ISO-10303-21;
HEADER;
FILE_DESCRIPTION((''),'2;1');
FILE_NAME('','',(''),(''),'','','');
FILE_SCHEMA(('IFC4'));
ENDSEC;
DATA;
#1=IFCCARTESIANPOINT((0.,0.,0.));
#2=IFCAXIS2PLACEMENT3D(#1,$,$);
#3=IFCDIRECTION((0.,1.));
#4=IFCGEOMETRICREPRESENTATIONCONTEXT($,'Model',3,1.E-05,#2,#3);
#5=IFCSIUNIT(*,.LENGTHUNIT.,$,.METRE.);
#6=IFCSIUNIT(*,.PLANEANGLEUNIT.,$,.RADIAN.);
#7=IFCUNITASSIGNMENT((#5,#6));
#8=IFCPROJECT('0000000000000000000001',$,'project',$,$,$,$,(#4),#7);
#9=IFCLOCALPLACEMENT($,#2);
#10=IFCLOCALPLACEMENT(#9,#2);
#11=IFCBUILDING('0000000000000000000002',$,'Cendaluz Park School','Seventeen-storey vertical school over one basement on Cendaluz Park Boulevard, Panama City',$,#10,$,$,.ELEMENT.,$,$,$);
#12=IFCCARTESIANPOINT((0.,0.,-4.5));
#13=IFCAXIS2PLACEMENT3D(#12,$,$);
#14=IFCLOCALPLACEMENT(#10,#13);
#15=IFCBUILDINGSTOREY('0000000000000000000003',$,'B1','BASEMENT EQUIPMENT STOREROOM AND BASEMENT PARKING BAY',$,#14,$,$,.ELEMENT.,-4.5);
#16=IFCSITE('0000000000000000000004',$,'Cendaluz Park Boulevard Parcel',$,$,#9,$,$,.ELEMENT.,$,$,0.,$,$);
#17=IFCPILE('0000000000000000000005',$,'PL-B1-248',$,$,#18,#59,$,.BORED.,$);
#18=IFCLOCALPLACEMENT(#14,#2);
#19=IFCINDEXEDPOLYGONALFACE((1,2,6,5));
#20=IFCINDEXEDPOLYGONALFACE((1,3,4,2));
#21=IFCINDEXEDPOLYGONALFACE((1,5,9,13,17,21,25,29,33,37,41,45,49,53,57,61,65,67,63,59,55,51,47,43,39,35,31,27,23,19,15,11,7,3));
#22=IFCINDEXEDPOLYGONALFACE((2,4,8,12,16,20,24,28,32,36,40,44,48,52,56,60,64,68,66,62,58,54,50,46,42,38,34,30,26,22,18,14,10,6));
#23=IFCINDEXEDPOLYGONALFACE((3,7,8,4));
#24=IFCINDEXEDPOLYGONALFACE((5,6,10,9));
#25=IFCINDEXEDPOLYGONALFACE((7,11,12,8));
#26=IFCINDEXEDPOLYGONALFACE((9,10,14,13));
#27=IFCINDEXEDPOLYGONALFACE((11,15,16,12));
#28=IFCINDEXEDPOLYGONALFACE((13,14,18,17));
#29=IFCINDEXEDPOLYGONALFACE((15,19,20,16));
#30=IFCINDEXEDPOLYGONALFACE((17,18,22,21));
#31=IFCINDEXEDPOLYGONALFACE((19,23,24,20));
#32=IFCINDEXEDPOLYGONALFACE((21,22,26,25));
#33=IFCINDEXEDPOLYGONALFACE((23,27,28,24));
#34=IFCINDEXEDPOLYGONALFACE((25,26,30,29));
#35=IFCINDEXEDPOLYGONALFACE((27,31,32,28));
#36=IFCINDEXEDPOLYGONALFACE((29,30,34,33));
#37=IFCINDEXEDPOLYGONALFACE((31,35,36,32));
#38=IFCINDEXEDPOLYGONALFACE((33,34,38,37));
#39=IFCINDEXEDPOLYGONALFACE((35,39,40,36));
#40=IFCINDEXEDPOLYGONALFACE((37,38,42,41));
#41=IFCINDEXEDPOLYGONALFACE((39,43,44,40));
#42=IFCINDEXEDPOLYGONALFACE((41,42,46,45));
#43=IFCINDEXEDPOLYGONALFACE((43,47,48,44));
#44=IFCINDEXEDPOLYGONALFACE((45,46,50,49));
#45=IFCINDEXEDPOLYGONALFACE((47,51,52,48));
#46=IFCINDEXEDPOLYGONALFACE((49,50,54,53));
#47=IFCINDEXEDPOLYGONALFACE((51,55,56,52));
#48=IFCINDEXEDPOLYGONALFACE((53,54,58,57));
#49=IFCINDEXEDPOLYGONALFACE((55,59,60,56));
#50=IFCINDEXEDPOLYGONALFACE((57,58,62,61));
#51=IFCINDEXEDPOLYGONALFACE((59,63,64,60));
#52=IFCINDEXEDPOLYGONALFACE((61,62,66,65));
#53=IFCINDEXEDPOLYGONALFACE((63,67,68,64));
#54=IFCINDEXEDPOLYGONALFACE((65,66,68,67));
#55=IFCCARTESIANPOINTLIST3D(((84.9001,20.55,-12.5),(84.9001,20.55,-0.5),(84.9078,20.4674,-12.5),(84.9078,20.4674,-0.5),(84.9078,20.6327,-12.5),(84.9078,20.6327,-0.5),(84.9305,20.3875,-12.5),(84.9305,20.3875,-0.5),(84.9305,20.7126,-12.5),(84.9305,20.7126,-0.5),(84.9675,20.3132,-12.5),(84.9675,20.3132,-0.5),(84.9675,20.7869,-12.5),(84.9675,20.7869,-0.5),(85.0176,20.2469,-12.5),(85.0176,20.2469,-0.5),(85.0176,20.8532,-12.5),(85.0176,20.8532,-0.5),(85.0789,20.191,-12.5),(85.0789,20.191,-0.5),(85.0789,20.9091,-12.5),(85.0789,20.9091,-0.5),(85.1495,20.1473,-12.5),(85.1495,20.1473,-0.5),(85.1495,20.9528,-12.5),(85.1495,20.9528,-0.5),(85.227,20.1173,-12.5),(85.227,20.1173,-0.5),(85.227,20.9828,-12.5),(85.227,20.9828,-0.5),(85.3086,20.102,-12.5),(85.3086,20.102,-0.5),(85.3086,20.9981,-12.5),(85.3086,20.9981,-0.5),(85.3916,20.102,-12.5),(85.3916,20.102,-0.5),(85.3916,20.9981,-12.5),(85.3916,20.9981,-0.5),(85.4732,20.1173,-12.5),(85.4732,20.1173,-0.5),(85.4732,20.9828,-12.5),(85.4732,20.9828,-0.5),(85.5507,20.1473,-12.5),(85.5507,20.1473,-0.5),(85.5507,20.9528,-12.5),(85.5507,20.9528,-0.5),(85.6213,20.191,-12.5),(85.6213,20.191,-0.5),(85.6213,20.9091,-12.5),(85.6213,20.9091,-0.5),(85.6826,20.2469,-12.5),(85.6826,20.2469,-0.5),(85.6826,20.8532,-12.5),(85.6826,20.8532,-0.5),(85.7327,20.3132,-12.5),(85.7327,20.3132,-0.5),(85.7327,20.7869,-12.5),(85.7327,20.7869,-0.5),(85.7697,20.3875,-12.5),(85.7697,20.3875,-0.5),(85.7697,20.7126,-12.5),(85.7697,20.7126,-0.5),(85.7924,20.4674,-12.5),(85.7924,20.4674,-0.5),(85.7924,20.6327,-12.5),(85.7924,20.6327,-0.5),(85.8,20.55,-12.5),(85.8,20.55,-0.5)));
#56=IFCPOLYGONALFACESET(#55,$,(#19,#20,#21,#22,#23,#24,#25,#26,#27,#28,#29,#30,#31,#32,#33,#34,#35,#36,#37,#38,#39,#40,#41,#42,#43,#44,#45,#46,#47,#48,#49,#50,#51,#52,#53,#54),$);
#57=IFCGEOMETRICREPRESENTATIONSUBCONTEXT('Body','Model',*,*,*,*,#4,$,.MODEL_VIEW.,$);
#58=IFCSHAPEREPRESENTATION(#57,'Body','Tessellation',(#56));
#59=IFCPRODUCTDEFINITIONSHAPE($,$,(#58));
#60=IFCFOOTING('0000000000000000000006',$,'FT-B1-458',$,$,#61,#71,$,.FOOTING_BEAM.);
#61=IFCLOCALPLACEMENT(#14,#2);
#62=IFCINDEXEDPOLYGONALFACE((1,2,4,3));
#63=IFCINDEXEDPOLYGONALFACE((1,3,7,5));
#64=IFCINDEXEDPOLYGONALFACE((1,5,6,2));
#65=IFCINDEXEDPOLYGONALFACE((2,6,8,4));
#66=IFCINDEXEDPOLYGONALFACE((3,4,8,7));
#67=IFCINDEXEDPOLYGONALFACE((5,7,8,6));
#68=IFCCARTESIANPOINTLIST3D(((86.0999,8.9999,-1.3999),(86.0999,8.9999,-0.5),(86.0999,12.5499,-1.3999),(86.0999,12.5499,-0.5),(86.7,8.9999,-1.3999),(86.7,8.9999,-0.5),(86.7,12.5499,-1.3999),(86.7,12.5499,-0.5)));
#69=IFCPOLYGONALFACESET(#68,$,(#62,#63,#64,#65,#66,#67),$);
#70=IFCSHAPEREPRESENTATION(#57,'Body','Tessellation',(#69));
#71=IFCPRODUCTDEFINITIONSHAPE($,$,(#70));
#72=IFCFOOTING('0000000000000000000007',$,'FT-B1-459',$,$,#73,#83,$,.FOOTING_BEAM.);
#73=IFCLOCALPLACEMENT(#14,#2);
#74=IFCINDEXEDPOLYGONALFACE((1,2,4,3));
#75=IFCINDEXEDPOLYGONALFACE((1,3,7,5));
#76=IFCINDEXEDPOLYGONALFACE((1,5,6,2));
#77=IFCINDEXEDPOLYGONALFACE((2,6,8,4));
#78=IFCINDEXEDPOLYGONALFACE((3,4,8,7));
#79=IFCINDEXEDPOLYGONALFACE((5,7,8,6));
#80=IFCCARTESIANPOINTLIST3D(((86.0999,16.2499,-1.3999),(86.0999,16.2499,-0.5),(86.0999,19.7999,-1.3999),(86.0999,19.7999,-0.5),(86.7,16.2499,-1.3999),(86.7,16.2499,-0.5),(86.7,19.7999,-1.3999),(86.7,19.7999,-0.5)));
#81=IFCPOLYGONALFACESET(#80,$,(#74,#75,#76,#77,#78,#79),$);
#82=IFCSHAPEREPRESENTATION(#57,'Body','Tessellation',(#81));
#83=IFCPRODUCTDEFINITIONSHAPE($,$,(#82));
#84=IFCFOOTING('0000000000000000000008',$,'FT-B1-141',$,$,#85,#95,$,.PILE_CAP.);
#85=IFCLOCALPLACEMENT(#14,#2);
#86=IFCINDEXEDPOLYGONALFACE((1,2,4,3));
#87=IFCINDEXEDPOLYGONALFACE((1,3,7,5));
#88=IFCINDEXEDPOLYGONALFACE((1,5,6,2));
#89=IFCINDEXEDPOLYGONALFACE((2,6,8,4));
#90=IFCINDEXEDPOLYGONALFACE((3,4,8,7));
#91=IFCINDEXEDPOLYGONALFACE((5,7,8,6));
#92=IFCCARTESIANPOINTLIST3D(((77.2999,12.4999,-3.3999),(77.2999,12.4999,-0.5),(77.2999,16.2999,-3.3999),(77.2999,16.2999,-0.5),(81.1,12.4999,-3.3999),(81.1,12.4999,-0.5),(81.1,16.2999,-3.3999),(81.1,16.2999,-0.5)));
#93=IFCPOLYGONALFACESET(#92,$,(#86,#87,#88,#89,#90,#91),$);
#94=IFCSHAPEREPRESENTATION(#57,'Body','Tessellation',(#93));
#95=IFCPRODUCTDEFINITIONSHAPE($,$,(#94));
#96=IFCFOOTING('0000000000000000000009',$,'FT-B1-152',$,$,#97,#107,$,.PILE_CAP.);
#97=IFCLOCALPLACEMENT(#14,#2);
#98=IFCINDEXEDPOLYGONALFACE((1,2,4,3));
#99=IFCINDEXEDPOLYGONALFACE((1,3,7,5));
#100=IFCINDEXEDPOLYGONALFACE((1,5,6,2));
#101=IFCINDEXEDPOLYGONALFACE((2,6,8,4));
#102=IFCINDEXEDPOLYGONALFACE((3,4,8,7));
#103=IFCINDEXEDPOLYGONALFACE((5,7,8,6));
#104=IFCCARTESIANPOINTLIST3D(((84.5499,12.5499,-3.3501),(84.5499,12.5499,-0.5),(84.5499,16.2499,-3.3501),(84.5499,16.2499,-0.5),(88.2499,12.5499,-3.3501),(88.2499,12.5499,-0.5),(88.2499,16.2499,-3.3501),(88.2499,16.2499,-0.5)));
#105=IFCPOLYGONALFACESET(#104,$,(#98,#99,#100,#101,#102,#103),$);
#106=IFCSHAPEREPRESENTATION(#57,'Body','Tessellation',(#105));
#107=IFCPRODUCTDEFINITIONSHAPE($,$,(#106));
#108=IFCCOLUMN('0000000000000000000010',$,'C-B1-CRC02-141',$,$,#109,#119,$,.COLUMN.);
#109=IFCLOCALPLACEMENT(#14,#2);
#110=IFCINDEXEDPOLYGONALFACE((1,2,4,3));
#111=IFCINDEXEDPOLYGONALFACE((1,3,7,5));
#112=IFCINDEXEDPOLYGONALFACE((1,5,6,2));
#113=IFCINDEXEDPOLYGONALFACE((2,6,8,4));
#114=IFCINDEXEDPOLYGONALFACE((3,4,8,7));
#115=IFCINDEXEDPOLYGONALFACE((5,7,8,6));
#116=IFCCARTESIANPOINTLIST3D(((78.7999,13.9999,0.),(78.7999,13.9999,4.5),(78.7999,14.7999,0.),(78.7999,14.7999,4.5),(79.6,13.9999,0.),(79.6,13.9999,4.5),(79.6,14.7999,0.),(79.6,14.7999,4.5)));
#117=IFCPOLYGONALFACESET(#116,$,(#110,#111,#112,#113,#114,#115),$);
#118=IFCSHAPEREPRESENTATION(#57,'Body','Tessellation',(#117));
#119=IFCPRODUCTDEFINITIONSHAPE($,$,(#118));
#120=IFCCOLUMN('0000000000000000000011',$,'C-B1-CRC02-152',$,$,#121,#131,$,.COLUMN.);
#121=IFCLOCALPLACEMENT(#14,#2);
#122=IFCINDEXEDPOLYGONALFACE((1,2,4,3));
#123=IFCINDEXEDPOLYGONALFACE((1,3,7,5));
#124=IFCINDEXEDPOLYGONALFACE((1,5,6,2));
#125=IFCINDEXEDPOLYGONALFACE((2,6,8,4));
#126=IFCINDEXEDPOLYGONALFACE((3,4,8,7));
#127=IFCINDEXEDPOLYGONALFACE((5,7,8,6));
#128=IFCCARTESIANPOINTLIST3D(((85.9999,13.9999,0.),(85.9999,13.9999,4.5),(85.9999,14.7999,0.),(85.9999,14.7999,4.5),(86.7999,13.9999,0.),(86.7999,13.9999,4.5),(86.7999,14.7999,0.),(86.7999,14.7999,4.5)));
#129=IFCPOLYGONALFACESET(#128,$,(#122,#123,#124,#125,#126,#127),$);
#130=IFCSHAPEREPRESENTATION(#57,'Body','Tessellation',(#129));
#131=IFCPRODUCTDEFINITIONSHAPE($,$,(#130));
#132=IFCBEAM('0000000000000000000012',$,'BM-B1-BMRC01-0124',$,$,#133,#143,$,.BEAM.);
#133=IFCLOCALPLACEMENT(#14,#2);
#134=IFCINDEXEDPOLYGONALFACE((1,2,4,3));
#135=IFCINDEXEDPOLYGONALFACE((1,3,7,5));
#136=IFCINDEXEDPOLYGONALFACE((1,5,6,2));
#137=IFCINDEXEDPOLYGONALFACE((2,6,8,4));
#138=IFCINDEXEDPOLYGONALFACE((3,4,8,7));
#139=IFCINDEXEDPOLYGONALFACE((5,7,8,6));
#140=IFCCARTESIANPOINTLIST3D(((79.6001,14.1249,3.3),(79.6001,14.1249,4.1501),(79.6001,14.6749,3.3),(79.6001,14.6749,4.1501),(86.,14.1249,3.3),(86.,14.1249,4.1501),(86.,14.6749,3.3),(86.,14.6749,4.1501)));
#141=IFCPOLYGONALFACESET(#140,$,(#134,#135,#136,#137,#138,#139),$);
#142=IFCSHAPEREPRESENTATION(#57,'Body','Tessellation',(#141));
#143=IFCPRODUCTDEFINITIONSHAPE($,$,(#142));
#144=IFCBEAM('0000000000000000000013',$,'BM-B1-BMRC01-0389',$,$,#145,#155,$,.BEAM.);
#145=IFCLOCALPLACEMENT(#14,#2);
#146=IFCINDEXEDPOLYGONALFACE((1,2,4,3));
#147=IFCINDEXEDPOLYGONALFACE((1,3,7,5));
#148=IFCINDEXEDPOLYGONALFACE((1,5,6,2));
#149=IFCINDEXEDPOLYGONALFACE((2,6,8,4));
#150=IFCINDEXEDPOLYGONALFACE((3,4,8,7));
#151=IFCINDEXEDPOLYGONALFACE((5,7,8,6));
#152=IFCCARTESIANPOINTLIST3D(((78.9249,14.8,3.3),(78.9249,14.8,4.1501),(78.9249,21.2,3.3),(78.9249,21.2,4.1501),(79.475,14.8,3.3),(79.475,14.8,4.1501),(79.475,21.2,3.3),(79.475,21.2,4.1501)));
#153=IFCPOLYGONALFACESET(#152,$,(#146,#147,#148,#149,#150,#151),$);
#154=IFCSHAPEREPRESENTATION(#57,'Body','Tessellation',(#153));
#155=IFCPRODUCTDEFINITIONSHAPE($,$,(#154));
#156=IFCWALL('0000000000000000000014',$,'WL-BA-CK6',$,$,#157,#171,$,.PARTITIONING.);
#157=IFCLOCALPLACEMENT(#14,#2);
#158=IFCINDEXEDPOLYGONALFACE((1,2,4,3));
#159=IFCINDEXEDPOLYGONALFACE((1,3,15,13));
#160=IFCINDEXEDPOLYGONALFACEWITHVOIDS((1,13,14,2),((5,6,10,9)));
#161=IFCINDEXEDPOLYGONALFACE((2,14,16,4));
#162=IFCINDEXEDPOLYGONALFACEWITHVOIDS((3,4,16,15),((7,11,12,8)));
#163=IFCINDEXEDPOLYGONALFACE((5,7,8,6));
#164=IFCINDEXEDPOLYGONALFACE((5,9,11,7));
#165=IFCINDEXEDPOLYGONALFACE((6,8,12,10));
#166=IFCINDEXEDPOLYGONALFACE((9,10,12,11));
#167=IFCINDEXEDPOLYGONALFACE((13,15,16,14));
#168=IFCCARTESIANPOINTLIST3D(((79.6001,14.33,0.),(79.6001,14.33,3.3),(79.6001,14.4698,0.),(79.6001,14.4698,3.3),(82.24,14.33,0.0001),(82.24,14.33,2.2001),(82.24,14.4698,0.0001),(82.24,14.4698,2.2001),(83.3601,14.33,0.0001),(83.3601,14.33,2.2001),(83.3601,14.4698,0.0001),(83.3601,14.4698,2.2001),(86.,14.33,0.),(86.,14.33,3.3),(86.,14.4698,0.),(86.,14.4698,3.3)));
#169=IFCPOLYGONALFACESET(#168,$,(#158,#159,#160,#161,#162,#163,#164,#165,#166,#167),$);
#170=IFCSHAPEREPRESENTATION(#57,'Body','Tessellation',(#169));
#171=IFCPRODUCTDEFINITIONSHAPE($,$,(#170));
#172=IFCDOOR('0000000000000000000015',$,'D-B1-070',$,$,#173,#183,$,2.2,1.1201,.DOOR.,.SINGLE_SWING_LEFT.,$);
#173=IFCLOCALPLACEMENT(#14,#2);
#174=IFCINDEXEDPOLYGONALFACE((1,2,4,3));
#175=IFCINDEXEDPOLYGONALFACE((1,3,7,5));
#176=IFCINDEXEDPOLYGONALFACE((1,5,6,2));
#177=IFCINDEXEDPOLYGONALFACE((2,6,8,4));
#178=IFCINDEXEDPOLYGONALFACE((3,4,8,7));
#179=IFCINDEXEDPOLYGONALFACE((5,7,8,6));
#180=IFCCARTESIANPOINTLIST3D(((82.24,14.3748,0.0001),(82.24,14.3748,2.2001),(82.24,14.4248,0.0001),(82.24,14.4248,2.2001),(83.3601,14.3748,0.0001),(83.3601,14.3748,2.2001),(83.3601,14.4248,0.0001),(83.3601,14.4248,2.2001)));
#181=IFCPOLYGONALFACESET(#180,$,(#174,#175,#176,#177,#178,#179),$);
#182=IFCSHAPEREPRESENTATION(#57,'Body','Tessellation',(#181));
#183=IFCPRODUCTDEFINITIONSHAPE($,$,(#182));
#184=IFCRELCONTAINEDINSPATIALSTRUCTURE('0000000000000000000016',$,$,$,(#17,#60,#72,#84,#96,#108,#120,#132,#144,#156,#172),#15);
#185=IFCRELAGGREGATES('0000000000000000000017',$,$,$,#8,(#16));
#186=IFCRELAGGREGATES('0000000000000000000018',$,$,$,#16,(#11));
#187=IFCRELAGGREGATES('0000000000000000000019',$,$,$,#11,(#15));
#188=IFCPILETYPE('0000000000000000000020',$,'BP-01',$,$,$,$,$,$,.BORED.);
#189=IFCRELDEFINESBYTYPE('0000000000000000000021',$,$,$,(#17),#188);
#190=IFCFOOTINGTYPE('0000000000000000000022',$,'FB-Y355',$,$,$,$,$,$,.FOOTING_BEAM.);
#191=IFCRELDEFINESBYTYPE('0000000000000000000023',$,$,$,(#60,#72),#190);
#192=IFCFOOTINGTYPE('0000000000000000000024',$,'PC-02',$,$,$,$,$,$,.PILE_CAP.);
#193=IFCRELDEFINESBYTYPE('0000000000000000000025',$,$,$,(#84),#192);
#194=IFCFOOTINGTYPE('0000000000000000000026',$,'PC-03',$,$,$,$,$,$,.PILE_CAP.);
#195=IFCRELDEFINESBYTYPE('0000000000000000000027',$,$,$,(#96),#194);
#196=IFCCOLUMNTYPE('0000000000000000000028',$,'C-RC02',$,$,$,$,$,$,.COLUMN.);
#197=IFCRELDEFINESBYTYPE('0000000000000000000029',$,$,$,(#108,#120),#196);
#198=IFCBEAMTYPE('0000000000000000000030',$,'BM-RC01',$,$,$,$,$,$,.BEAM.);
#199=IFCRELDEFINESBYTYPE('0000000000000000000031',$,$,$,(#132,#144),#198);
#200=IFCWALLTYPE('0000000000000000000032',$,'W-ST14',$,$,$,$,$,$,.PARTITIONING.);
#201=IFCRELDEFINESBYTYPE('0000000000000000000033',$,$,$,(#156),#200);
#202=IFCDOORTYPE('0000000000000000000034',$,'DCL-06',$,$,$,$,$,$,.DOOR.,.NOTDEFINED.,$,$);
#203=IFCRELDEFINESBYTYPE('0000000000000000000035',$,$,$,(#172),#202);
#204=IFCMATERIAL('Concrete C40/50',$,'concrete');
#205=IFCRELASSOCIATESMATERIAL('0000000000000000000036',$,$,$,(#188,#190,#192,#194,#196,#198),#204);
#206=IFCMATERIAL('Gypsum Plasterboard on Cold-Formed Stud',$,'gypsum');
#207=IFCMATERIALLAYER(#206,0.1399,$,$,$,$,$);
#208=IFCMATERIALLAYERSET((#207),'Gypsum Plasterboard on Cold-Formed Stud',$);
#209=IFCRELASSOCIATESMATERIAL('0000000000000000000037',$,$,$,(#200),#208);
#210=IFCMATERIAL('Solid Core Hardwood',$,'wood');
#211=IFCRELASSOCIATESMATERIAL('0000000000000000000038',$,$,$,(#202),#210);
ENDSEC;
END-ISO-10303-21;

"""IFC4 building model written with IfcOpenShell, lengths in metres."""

from ifc_helpers import new_model, si_unit, direction, frame, frame_2d, origin, origin_2d, place, context, subcontext, project, spatial, rectangle, circle, extrude, material, layer, layer_set, material_profile, profile_set, type_object, element, fill, save


model = new_model("IFC4")

# Units and contexts
model_context = context("Model", 3, precision=1e-05, world=origin(), true_north=direction((0.0, 1.0)))
body_context = subcontext(model_context, "Body", "Model", "MODEL_VIEW")
ifc_project = project(units=[si_unit("LENGTHUNIT", "METRE"), si_unit("PLANEANGLEUNIT", "RADIAN")], contexts=[model_context])

# Site, building, storey
site_placement = place(None, origin())
site = spatial("IfcSite", under=ifc_project, at=site_placement, Name="Cendaluz Park Boulevard Parcel", CompositionType="ELEMENT", RefElevation=0.0)
building_placement = place(site_placement, origin())
building = spatial("IfcBuilding", under=site, at=building_placement, Name="Cendaluz Park School", Description="Seventeen-storey vertical school over one basement on Cendaluz Park Boulevard, Panama City", CompositionType="ELEMENT")
storey_placement = place(building_placement, frame((0.0, 0.0, -4.5)))
storey = spatial("IfcBuildingStorey", under=building, at=storey_placement, Name="B1", Description="BASEMENT EQUIPMENT STOREROOM AND BASEMENT PARKING BAY", CompositionType="ELEMENT", Elevation=-4.5)

# Pile
ifc_material_1 = material(Name="Concrete C40/50", Category="concrete")
ifc_material_profile_1 = material_profile(ifc_material_1, circle(Radius=0.45, at=origin_2d()), Name="BP D900", Category="concrete")
ifc_profile_set_1 = profile_set([ifc_material_profile_1], Name="Concrete C40/50")
pile_type = type_object("IfcPileType", Name="BP-01", PredefinedType="BORED", material=ifc_profile_set_1)
for number, where, z_axis, x_axis, name in (
    (1, (85.3501, 20.55, -0.5), (0.0, 0.0, -1.0), (1.0, 0.0, 0.0), "PL-B1-248"),
):
    element("IfcPile", number, at=place(storey_placement, frame(where, z_axis=z_axis, x_axis=x_axis)), inside=storey, type_object=pile_type, Name=name, PredefinedType="BORED", context=body_context, shape_type="SweptSolid", body=[
        extrude(circle(Radius=0.45, at=origin_2d()), origin(), (0.0, 0.0, 1.0), 12.0),
    ])

# Footings
footing_type_1 = type_object("IfcFootingType", Name="FB-Y355", PredefinedType="FOOTING_BEAM", material=ifc_material_1)
for number, where, z_axis, x_axis, name in (
    (2, (86.3999, 10.7749, -1.3999), (0.0, 0.0, 1.0), (1.0, 0.0, 0.0), "FT-B1-458"),
    (3, (86.3999, 18.0249, -1.3999), (0.0, 0.0, 1.0), (1.0, 0.0, 0.0), "FT-B1-459"),
):
    element("IfcFooting", number, at=place(storey_placement, frame(where, z_axis=z_axis, x_axis=x_axis)), inside=storey, type_object=footing_type_1, Name=name, PredefinedType="FOOTING_BEAM", context=body_context, shape_type="SweptSolid", body=[
        extrude(rectangle(XDim=0.6001, YDim=3.55, at=origin_2d()), origin(), (0.0, 0.0, 1.0), 0.8999),
    ])
footing_type_2 = type_object("IfcFootingType", Name="PC-02", PredefinedType="PILE_CAP", material=ifc_material_1)
footing_1_placement = place(storey_placement, frame((79.2, 14.3999, -3.3999), z_axis=(0.0, 0.0, 1.0), x_axis=(1.0, 0.0, 0.0)))
element("IfcFooting", 4, at=footing_1_placement, inside=storey, type_object=footing_type_2, Name="FT-B1-141", PredefinedType="PILE_CAP", context=body_context, shape_type="SweptSolid", body=[
    extrude(rectangle(XDim=3.8, YDim=3.8, at=origin_2d()), origin(), (0.0, 0.0, 1.0), 2.8999),
])
footing_type_3 = type_object("IfcFootingType", Name="PC-03", PredefinedType="PILE_CAP", material=ifc_material_1)
footing_2_placement = place(storey_placement, frame((86.3999, 14.3999, -3.3501), z_axis=(0.0, 0.0, 1.0), x_axis=(1.0, 0.0, 0.0)))
element("IfcFooting", 5, at=footing_2_placement, inside=storey, type_object=footing_type_3, Name="FT-B1-152", PredefinedType="PILE_CAP", context=body_context, shape_type="SweptSolid", body=[
    extrude(rectangle(XDim=3.7, YDim=3.7, at=origin_2d()), origin(), (0.0, 0.0, 1.0), 2.8501),
])

# Columns
ifc_material_profile_2 = material_profile(ifc_material_1, rectangle(XDim=0.8, YDim=0.8, at=origin_2d()), Name="RC 800x800", Category="concrete")
ifc_profile_set_2 = profile_set([ifc_material_profile_2], Name="Concrete C40/50")
column_type = type_object("IfcColumnType", Name="C-RC02", PredefinedType="COLUMN", material=ifc_profile_set_2)
for number, where, z_axis, x_axis, name in (
    (6, (79.2, 14.3999, 0.0), (0.0, 0.0, 1.0), (1.0, 0.0, 0.0), "C-B1-CRC02-141"),
    (7, (86.3999, 14.3999, 0.0), (0.0, 0.0, 1.0), (1.0, 0.0, 0.0), "C-B1-CRC02-152"),
):
    element("IfcColumn", number, at=place(storey_placement, frame(where, z_axis=z_axis, x_axis=x_axis)), inside=storey, type_object=column_type, Name=name, PredefinedType="COLUMN", context=body_context, shape_type="SweptSolid", body=[
        extrude(rectangle(XDim=0.8, YDim=0.8, at=origin_2d()), origin(), (0.0, 0.0, 1.0), 4.5),
    ])

# Beams
ifc_material_profile_3 = material_profile(ifc_material_1, rectangle(XDim=0.55, YDim=0.8501, at=origin_2d()), Name="RC 550x850", Category="concrete")
ifc_profile_set_3 = profile_set([ifc_material_profile_3], Name="Concrete C40/50")
beam_type = type_object("IfcBeamType", Name="BM-RC01", PredefinedType="BEAM", material=ifc_profile_set_3)
for number, where, z_axis, x_axis, name in (
    (8, (79.6001, 14.3999, 3.7251), (1.0, 0.0, 0.0), (0.0, 1.0, 0.0), "BM-B1-BMRC01-0124"),
    (9, (79.2, 14.8, 3.7251), (0.0, 1.0, 0.0), (-1.0, 0.0, 0.0), "BM-B1-BMRC01-0389"),
):
    element("IfcBeam", number, at=place(storey_placement, frame(where, z_axis=z_axis, x_axis=x_axis)), inside=storey, type_object=beam_type, Name=name, PredefinedType="BEAM", context=body_context, shape_type="SweptSolid", body=[
        extrude(rectangle(XDim=0.55, YDim=0.8501, at=origin_2d()), origin(), (0.0, 0.0, 1.0), 6.3999),
    ])

# Wall, opening, door
ifc_material_2 = material(Name="Gypsum Plasterboard on Cold-Formed Stud", Category="gypsum")
ifc_layer = layer(ifc_material_2, 0.1399)
ifc_layer_set = layer_set([ifc_layer], Name="Gypsum Plasterboard on Cold-Formed Stud")
wall_type = type_object("IfcWallType", Name="W-ST14", PredefinedType="PARTITIONING", material=ifc_layer_set)
wall_1_placement = place(storey_placement, frame((79.6001, 14.3999, 0.0), z_axis=(0.0, 0.0, 1.0), x_axis=(1.0, 0.0, 0.0)))
wall_1 = element("IfcWall", 10, at=wall_1_placement, inside=storey, type_object=wall_type, Name="WL-BA-CK6", PredefinedType="PARTITIONING", context=body_context, shape_type="SweptSolid", body=[
    extrude(rectangle(XDim=6.3999, YDim=0.1399, at=frame_2d((3.2, 0.0))), origin(), (0.0, 0.0, 1.0), 3.3),
])
opening_placement = place(wall_1_placement, frame((2.6399, 0.0, 0.0)))
opening = element("IfcOpeningElement", 11, at=opening_placement, cuts=wall_1, PredefinedType="OPENING", context=body_context, shape_type="SweptSolid", body=[
    extrude(rectangle(XDim=1.1201, YDim=2.2, at=frame_2d((0.5601, 1.1001))), frame((0.0, 0.082, 0.0), z_axis=(0.0, -1.0, 0.0), x_axis=(1.0, 0.0, 0.0)), (0.0, 0.0, 1.0), 0.1638),
])
ifc_material_3 = material(Name="Solid Core Hardwood", Category="wood")
door_type = type_object("IfcDoorType", Name="DCL-06", OperationType="NOTDEFINED", PredefinedType="DOOR", material=ifc_material_3)
door_placement = place(opening_placement, origin())
door = element("IfcDoor", 12, at=door_placement, inside=storey, type_object=door_type, Name="D-B1-070", OperationType="SINGLE_SWING_LEFT", OverallHeight=2.2, OverallWidth=1.1201, PredefinedType="DOOR", context=body_context, shape_type="SweptSolid", body=[
    extrude(rectangle(XDim=1.1201, YDim=2.2, at=frame_2d((0.5601, 1.1001))), frame((0.0, 0.0249, 0.0), z_axis=(0.0, -1.0, 0.0), x_axis=(1.0, 0.0, 0.0)), (0.0, 0.0, 1.0), 0.05),
])
fill(opening, door)

save(model, "model.ifc")
